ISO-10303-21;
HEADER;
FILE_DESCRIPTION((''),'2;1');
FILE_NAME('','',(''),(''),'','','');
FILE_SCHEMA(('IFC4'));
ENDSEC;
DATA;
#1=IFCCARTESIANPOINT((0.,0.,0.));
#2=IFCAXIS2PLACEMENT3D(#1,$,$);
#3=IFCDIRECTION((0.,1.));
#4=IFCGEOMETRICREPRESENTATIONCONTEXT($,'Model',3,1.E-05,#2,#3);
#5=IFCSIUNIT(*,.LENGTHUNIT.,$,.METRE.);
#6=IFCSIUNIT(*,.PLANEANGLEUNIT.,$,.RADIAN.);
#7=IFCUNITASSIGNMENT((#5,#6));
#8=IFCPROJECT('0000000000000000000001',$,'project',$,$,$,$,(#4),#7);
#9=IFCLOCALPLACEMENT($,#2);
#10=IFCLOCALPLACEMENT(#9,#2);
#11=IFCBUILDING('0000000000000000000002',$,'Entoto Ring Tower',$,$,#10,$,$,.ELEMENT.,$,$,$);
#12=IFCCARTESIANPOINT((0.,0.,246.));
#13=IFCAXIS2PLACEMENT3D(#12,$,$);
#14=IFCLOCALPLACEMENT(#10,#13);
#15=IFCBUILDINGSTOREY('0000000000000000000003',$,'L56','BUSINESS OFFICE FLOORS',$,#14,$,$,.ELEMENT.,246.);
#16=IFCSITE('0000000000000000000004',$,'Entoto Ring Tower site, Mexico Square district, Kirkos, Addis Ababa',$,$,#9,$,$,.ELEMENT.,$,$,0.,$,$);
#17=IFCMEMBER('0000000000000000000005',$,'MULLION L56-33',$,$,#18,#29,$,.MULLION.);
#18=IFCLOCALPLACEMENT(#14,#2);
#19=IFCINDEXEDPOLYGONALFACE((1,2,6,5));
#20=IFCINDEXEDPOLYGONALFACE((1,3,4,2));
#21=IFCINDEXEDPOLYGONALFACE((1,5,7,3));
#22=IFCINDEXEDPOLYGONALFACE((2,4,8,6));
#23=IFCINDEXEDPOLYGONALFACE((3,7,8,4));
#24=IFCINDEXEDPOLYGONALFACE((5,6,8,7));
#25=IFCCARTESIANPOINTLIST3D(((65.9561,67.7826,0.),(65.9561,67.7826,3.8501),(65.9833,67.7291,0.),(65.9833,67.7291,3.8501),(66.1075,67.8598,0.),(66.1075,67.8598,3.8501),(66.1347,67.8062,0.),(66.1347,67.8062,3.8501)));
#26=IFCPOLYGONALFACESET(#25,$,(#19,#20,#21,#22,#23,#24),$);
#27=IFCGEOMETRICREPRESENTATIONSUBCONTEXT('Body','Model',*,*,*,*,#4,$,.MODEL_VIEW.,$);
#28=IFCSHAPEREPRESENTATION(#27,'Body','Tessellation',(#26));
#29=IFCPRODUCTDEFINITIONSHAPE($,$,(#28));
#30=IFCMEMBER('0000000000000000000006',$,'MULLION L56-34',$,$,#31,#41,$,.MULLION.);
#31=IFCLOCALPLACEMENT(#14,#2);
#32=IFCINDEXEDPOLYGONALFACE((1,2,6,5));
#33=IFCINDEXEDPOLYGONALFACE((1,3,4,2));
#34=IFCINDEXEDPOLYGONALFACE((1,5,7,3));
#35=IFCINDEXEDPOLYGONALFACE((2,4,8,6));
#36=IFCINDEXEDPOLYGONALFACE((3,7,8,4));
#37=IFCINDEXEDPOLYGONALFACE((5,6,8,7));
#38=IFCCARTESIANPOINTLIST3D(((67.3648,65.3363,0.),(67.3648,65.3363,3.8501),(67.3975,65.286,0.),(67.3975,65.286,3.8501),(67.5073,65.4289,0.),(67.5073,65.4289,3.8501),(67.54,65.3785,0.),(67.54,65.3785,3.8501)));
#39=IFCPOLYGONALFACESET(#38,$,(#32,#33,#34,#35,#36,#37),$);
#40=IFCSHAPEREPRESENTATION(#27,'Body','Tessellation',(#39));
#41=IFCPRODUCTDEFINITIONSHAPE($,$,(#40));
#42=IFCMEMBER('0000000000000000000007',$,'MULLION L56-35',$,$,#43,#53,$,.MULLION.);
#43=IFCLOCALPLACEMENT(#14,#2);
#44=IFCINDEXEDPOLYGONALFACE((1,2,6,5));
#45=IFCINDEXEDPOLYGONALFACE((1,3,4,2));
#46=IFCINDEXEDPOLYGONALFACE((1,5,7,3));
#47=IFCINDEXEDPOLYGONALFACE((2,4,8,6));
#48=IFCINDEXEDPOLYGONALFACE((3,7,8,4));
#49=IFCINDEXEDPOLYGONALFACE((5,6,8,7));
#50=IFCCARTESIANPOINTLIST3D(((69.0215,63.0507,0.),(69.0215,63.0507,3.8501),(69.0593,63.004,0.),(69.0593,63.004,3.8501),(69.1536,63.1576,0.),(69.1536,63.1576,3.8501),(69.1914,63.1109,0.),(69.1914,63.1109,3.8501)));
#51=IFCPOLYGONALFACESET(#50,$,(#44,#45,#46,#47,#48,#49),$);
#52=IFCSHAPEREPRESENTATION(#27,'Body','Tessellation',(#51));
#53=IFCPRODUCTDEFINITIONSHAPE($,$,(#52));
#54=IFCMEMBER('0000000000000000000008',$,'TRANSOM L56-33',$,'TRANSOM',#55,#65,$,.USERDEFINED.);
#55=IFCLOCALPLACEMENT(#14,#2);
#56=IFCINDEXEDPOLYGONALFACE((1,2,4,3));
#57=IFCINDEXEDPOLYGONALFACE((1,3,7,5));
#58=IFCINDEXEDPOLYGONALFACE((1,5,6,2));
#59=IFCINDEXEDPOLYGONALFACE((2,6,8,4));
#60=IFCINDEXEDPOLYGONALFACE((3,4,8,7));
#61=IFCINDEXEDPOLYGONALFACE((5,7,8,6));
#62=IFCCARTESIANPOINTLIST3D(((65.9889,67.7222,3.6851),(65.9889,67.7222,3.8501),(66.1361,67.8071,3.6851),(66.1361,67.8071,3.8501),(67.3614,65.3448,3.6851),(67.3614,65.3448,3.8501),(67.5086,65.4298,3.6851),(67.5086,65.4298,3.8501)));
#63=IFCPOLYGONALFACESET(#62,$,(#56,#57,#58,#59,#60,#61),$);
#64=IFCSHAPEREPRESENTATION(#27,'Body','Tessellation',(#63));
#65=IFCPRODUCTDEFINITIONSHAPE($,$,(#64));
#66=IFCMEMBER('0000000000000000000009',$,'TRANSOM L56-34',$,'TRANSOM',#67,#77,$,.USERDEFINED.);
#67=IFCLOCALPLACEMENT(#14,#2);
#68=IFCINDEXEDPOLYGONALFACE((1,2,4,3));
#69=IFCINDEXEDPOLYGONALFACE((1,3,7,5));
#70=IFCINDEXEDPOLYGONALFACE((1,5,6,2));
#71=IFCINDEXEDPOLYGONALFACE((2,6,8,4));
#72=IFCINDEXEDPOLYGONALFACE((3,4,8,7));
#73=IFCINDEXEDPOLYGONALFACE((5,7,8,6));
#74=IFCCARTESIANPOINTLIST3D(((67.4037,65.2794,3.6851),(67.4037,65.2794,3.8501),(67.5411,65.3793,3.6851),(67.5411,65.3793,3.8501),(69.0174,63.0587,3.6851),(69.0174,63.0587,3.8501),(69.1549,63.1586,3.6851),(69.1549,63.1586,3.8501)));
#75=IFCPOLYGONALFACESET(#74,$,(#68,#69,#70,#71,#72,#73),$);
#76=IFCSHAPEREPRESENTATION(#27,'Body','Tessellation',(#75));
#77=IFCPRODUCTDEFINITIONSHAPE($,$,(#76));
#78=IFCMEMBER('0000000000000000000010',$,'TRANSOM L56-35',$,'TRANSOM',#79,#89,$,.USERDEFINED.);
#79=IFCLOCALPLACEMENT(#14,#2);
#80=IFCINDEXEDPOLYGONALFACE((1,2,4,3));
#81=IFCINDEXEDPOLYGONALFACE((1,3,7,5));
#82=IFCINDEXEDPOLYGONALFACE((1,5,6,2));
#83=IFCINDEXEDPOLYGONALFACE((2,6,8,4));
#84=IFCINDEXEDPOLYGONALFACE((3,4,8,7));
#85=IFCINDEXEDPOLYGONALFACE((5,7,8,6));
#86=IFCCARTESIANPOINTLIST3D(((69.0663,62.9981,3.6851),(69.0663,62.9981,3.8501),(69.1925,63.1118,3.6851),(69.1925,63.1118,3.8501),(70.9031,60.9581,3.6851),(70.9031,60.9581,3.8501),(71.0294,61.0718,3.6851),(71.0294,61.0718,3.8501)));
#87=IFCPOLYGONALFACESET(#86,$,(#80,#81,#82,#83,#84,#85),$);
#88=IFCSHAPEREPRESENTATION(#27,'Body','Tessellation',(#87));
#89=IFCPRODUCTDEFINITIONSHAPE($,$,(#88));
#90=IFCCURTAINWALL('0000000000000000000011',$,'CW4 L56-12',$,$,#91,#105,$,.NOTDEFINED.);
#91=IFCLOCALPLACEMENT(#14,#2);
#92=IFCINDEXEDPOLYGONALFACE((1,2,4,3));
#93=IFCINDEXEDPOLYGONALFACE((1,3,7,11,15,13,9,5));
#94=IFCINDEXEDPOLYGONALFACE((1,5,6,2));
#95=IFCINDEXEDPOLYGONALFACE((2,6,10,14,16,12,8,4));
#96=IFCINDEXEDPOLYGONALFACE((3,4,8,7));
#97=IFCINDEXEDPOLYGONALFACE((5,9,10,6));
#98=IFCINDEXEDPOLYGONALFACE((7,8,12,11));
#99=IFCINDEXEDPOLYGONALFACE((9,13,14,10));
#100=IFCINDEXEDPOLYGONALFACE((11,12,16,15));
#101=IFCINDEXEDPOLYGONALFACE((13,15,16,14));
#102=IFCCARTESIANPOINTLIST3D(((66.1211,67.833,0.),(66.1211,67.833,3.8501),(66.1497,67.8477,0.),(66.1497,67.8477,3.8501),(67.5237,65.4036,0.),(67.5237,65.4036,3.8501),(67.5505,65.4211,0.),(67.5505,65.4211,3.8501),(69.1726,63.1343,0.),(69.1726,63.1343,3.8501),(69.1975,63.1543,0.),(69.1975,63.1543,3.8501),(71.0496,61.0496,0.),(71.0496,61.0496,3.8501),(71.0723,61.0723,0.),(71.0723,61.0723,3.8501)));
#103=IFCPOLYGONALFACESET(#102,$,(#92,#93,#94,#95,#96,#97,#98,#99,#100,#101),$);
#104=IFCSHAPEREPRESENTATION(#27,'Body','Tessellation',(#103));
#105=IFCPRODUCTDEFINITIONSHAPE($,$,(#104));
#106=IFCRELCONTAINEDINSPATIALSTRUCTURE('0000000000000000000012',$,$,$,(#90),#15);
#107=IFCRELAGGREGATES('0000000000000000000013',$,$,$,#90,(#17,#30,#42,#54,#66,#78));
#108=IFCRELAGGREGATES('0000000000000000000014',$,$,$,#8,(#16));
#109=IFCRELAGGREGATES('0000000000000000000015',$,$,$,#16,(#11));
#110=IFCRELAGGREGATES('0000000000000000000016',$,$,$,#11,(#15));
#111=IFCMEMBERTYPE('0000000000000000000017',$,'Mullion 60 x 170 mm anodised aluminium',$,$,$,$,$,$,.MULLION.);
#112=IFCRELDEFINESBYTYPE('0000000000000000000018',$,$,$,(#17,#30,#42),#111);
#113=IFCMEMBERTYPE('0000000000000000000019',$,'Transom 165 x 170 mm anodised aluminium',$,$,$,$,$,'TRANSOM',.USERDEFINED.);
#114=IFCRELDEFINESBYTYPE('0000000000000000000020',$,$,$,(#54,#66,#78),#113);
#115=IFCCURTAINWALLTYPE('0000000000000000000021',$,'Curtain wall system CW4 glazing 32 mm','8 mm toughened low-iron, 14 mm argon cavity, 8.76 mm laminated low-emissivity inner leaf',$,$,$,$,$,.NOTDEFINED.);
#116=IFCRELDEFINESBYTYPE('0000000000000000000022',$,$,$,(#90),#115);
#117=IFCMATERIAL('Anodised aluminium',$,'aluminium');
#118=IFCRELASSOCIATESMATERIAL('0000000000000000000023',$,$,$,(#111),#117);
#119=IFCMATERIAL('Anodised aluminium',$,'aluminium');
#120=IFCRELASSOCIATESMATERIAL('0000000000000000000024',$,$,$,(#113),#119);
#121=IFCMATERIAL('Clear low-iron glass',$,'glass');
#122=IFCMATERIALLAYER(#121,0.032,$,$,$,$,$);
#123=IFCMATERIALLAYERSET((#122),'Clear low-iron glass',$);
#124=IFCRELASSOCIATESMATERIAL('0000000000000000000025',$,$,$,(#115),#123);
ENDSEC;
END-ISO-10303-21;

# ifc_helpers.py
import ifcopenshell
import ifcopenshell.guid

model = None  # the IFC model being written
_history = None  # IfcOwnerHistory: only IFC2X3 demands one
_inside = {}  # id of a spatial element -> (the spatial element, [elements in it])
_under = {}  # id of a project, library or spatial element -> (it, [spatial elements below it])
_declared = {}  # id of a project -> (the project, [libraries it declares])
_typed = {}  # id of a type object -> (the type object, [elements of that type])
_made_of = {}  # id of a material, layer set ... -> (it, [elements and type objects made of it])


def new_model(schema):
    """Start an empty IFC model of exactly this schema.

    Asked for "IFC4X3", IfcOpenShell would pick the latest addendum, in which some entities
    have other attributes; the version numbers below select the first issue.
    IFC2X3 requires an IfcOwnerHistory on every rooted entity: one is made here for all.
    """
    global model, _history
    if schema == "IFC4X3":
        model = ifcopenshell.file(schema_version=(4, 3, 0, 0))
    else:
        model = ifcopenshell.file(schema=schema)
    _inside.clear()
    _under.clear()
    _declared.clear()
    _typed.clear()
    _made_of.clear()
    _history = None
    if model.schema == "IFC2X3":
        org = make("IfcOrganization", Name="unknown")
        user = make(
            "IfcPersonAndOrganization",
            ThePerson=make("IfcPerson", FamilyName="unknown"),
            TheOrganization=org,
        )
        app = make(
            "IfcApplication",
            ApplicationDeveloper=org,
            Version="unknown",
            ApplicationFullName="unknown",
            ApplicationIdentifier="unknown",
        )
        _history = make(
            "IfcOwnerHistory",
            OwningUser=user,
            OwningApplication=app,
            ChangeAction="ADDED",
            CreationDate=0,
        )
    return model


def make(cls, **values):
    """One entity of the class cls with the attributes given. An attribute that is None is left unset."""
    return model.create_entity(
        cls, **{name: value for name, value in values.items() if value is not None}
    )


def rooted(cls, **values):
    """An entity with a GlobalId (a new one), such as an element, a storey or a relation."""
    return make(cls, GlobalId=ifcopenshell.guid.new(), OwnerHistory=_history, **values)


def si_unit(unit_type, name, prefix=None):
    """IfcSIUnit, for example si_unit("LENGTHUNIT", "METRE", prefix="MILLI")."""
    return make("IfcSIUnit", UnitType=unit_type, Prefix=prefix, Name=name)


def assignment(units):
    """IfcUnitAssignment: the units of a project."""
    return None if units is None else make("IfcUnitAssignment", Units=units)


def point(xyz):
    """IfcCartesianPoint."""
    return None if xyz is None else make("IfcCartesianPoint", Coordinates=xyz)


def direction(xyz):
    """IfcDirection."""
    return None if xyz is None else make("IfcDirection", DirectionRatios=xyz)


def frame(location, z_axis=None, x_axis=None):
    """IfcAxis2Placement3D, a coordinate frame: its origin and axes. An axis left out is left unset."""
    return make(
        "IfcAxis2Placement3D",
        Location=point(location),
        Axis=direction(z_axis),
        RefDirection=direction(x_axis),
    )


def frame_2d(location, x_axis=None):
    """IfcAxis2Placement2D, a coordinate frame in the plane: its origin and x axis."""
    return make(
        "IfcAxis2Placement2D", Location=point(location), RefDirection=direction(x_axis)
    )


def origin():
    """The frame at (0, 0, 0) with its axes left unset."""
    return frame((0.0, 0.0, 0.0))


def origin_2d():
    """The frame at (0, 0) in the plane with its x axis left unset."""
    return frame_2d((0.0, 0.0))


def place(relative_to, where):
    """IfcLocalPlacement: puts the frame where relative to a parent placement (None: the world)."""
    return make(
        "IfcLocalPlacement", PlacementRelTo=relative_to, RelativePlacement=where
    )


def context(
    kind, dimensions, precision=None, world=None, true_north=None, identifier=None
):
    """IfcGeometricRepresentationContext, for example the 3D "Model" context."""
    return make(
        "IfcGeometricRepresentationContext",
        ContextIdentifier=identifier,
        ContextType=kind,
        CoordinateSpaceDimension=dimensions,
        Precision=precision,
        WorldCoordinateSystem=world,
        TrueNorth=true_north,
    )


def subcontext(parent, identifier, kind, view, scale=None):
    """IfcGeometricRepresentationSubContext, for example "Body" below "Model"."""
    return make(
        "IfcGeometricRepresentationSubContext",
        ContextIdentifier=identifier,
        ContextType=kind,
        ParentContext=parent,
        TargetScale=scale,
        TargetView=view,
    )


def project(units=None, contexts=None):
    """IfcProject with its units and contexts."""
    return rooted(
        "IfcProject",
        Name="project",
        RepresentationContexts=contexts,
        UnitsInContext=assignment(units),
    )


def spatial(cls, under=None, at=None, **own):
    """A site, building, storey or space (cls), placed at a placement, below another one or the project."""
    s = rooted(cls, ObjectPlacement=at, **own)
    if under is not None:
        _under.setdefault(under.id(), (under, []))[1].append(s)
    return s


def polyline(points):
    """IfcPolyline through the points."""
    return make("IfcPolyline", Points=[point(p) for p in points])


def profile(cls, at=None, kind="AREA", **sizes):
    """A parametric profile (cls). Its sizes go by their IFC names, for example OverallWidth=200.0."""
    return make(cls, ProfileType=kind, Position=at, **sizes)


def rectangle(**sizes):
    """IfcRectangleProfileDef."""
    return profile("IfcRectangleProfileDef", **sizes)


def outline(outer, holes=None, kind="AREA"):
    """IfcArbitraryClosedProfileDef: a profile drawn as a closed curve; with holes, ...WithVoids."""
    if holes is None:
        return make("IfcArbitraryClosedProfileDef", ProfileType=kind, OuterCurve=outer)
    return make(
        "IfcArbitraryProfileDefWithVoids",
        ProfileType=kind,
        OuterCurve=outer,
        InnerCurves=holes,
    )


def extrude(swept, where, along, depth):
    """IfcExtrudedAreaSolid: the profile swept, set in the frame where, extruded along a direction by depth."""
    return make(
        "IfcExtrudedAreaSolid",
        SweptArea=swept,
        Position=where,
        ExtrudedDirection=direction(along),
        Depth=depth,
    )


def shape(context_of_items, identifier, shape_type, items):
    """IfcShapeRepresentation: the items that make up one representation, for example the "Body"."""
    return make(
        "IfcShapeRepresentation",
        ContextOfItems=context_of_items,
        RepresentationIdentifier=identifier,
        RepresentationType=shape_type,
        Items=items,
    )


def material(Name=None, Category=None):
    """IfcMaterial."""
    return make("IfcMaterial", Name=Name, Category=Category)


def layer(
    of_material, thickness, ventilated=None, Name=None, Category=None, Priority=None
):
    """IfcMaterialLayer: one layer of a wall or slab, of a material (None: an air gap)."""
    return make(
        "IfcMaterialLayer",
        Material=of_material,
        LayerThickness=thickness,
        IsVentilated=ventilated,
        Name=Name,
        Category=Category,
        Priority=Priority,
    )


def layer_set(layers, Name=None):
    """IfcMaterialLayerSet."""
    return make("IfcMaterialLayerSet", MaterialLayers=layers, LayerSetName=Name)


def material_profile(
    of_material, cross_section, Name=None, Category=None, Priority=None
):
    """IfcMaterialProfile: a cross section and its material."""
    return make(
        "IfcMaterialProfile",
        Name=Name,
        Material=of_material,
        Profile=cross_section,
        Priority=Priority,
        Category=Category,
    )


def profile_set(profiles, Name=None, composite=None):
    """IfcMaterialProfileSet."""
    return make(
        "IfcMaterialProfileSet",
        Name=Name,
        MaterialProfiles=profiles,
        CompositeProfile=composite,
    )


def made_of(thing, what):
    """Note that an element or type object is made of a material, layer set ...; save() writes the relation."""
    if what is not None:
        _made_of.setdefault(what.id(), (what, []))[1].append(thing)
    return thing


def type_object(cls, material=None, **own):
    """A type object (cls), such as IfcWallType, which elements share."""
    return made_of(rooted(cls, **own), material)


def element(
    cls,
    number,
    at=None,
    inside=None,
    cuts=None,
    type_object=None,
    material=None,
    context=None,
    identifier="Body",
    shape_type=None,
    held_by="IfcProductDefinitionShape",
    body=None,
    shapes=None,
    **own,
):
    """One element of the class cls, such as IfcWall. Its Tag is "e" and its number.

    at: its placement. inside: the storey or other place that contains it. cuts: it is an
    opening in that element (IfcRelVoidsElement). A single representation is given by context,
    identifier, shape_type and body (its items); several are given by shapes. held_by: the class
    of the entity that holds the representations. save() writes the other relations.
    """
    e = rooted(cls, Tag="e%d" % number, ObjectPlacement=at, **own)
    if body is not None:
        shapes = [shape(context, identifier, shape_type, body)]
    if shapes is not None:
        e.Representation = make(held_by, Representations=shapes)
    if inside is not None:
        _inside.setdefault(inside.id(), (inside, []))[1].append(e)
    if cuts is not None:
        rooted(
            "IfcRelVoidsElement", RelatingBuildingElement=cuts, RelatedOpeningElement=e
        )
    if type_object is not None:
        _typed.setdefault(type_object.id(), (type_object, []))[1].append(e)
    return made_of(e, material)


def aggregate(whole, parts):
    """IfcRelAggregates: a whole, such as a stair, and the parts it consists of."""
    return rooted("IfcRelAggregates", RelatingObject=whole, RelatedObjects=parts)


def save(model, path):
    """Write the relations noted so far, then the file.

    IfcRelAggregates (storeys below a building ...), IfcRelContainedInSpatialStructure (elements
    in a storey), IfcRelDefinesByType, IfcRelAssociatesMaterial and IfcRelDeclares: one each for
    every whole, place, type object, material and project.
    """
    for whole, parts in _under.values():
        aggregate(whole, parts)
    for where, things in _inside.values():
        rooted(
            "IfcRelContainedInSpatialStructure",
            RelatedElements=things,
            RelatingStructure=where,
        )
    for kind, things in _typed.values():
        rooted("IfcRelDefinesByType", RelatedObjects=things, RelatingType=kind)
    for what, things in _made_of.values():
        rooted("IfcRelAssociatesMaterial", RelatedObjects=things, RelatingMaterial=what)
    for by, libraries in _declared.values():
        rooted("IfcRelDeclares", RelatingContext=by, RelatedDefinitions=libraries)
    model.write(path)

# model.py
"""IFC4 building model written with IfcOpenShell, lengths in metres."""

from ifc_helpers import new_model, si_unit, direction, frame, origin, origin_2d, place, context, subcontext, project, spatial, polyline, rectangle, outline, extrude, material, layer, layer_set, material_profile, profile_set, type_object, element, aggregate, save


model = new_model("IFC4")

# Units and contexts
model_context = context("Model", 3, precision=1e-05, world=origin(), true_north=direction((0.0, 1.0)))
body_context = subcontext(model_context, "Body", "Model", "MODEL_VIEW")
ifc_project = project(units=[si_unit("LENGTHUNIT", "METRE"), si_unit("PLANEANGLEUNIT", "RADIAN")], contexts=[model_context])

# Members
ifc_material_1 = material(Name="Anodised aluminium", Category="aluminium")
ifc_material_profile_1 = material_profile(ifc_material_1, rectangle(XDim=0.0601, YDim=0.1699, at=origin_2d()), Name="Mullion 60 x 170 mm anodised aluminium")
ifc_profile_set_1 = profile_set([ifc_material_profile_1], Name="Anodised aluminium")
member_type_1 = type_object("IfcMemberType", Name="Mullion 60 x 170 mm anodised aluminium", PredefinedType="MULLION", material=ifc_profile_set_1)
site_placement = place(None, origin())
building_placement = place(site_placement, origin())
storey_placement = place(building_placement, frame((0.0, 0.0, 246.0)))
member_1_placement = place(storey_placement, frame((66.0454, 67.7944, 0.0), z_axis=(0.0, 0.0, 1.0), x_axis=(0.45399, -0.891007, 0.0)))
member_1 = element("IfcMember", 1, at=member_1_placement, type_object=member_type_1, Name="MULLION L56-33", PredefinedType="MULLION", context=body_context, shape_type="SweptSolid", body=[
    extrude(rectangle(XDim=0.0601, YDim=0.1699, at=origin_2d()), origin(), (0.0, 0.0, 1.0), 3.8501),
])
member_2_placement = place(storey_placement, frame((67.4524, 65.3574, 0.0), z_axis=(0.0, 0.0, 1.0), x_axis=(0.544639, -0.838671, 0.0)))
member_2 = element("IfcMember", 2, at=member_2_placement, type_object=member_type_1, Name="MULLION L56-34", PredefinedType="MULLION", context=body_context, shape_type="SweptSolid", body=[
    extrude(rectangle(XDim=0.0601, YDim=0.1699, at=origin_2d()), origin(), (0.0, 0.0, 1.0), 3.8501),
])
member_3_placement = place(storey_placement, frame((69.1064, 63.0808, 0.0), z_axis=(0.0, 0.0, 1.0), x_axis=(0.62932, -0.777146, 0.0)))
member_3 = element("IfcMember", 3, at=member_3_placement, type_object=member_type_1, Name="MULLION L56-35", PredefinedType="MULLION", context=body_context, shape_type="SweptSolid", body=[
    extrude(rectangle(XDim=0.0601, YDim=0.1699, at=origin_2d()), origin(), (0.0, 0.0, 1.0), 3.8501),
])
ifc_material_2 = material(Name="Anodised aluminium", Category="aluminium")
ifc_material_profile_2 = material_profile(ifc_material_2, rectangle(XDim=0.1699, YDim=0.165, at=origin_2d()), Name="Transom 165 x 170 mm anodised aluminium")
ifc_profile_set_2 = profile_set([ifc_material_profile_2], Name="Anodised aluminium")
member_type_2 = type_object("IfcMemberType", Name="Transom 165 x 170 mm anodised aluminium", ElementType="TRANSOM", PredefinedType="USERDEFINED", material=ifc_profile_set_2)
member_4_placement = place(storey_placement, frame((66.0625, 67.7646, 3.7676), z_axis=(0.499984, -0.866035, 0.0), x_axis=(0.866035, 0.499984, 0.0)))
member_4 = element("IfcMember", 4, at=member_4_placement, type_object=member_type_2, Name="TRANSOM L56-33", ObjectType="TRANSOM", PredefinedType="USERDEFINED", context=body_context, shape_type="SweptSolid", body=[
    extrude(rectangle(XDim=0.1699, YDim=0.165, at=origin_2d()), origin(), (0.0, 0.0, 1.0), 2.7451),
])
member_5_placement = place(storey_placement, frame((67.4724, 65.3293, 3.7676), z_axis=(0.587865, -0.808959, 0.0), x_axis=(0.808959, 0.587865, 0.0)))
member_5 = element("IfcMember", 5, at=member_5_placement, type_object=member_type_2, Name="TRANSOM L56-34", ObjectType="TRANSOM", PredefinedType="USERDEFINED", context=body_context, shape_type="SweptSolid", body=[
    extrude(rectangle(XDim=0.1699, YDim=0.165, at=origin_2d()), origin(), (0.0, 0.0, 1.0), 2.7451),
])
member_6_placement = place(storey_placement, frame((69.1294, 63.0549, 3.7676), z_axis=(0.669142, -0.743135, 0.0), x_axis=(0.743135, 0.669142, 0.0)))
member_6 = element("IfcMember", 6, at=member_6_placement, type_object=member_type_2, Name="TRANSOM L56-35", ObjectType="TRANSOM", PredefinedType="USERDEFINED", context=body_context, shape_type="SweptSolid", body=[
    extrude(rectangle(XDim=0.1699, YDim=0.165, at=origin_2d()), origin(), (0.0, 0.0, 1.0), 2.7451),
])

# Site, building, storey
site = spatial("IfcSite", under=ifc_project, at=site_placement, Name="Entoto Ring Tower site, Mexico Square district, Kirkos, Addis Ababa", CompositionType="ELEMENT", RefElevation=0.0)
building = spatial("IfcBuilding", under=site, at=building_placement, Name="Entoto Ring Tower", CompositionType="ELEMENT")
storey = spatial("IfcBuildingStorey", under=building, at=storey_placement, Name="L56", Description="BUSINESS OFFICE FLOORS", CompositionType="ELEMENT", Elevation=246.0)

# Curtain wall
ifc_material_3 = material(Name="Clear low-iron glass", Category="glass")
ifc_layer = layer(ifc_material_3, 0.032)
ifc_layer_set = layer_set([ifc_layer], Name="Clear low-iron glass")
curtain_wall_type = type_object("IfcCurtainWallType", Name="Curtain wall system CW4 glazing 32 mm", Description="8 mm toughened low-iron, 14 mm argon cavity, 8.76 mm laminated low-emissivity inner leaf", PredefinedType="NOTDEFINED", material=ifc_layer_set)
curtain_wall_1_placement = place(storey_placement, origin())
curtain_wall_1 = element("IfcCurtainWall", 7, at=curtain_wall_1_placement, inside=storey, type_object=curtain_wall_type, Name="CW4 L56-12", PredefinedType="NOTDEFINED", context=body_context, shape_type="SweptSolid", body=[
    extrude(outline(polyline([(66.1211, 67.833), (67.5237, 65.4036), (69.1726, 63.1343), (71.0496, 61.0496), (71.0723, 61.0723), (69.1975, 63.1543), (67.5505, 65.4211), (66.1497, 67.8477), (66.1211, 67.833)])), origin(), (0.0, 0.0, 1.0), 3.8501),
])
aggregate(curtain_wall_1, [member_1, member_2, member_3, member_4, member_5, member_6])

save(model, "model.ifc")
